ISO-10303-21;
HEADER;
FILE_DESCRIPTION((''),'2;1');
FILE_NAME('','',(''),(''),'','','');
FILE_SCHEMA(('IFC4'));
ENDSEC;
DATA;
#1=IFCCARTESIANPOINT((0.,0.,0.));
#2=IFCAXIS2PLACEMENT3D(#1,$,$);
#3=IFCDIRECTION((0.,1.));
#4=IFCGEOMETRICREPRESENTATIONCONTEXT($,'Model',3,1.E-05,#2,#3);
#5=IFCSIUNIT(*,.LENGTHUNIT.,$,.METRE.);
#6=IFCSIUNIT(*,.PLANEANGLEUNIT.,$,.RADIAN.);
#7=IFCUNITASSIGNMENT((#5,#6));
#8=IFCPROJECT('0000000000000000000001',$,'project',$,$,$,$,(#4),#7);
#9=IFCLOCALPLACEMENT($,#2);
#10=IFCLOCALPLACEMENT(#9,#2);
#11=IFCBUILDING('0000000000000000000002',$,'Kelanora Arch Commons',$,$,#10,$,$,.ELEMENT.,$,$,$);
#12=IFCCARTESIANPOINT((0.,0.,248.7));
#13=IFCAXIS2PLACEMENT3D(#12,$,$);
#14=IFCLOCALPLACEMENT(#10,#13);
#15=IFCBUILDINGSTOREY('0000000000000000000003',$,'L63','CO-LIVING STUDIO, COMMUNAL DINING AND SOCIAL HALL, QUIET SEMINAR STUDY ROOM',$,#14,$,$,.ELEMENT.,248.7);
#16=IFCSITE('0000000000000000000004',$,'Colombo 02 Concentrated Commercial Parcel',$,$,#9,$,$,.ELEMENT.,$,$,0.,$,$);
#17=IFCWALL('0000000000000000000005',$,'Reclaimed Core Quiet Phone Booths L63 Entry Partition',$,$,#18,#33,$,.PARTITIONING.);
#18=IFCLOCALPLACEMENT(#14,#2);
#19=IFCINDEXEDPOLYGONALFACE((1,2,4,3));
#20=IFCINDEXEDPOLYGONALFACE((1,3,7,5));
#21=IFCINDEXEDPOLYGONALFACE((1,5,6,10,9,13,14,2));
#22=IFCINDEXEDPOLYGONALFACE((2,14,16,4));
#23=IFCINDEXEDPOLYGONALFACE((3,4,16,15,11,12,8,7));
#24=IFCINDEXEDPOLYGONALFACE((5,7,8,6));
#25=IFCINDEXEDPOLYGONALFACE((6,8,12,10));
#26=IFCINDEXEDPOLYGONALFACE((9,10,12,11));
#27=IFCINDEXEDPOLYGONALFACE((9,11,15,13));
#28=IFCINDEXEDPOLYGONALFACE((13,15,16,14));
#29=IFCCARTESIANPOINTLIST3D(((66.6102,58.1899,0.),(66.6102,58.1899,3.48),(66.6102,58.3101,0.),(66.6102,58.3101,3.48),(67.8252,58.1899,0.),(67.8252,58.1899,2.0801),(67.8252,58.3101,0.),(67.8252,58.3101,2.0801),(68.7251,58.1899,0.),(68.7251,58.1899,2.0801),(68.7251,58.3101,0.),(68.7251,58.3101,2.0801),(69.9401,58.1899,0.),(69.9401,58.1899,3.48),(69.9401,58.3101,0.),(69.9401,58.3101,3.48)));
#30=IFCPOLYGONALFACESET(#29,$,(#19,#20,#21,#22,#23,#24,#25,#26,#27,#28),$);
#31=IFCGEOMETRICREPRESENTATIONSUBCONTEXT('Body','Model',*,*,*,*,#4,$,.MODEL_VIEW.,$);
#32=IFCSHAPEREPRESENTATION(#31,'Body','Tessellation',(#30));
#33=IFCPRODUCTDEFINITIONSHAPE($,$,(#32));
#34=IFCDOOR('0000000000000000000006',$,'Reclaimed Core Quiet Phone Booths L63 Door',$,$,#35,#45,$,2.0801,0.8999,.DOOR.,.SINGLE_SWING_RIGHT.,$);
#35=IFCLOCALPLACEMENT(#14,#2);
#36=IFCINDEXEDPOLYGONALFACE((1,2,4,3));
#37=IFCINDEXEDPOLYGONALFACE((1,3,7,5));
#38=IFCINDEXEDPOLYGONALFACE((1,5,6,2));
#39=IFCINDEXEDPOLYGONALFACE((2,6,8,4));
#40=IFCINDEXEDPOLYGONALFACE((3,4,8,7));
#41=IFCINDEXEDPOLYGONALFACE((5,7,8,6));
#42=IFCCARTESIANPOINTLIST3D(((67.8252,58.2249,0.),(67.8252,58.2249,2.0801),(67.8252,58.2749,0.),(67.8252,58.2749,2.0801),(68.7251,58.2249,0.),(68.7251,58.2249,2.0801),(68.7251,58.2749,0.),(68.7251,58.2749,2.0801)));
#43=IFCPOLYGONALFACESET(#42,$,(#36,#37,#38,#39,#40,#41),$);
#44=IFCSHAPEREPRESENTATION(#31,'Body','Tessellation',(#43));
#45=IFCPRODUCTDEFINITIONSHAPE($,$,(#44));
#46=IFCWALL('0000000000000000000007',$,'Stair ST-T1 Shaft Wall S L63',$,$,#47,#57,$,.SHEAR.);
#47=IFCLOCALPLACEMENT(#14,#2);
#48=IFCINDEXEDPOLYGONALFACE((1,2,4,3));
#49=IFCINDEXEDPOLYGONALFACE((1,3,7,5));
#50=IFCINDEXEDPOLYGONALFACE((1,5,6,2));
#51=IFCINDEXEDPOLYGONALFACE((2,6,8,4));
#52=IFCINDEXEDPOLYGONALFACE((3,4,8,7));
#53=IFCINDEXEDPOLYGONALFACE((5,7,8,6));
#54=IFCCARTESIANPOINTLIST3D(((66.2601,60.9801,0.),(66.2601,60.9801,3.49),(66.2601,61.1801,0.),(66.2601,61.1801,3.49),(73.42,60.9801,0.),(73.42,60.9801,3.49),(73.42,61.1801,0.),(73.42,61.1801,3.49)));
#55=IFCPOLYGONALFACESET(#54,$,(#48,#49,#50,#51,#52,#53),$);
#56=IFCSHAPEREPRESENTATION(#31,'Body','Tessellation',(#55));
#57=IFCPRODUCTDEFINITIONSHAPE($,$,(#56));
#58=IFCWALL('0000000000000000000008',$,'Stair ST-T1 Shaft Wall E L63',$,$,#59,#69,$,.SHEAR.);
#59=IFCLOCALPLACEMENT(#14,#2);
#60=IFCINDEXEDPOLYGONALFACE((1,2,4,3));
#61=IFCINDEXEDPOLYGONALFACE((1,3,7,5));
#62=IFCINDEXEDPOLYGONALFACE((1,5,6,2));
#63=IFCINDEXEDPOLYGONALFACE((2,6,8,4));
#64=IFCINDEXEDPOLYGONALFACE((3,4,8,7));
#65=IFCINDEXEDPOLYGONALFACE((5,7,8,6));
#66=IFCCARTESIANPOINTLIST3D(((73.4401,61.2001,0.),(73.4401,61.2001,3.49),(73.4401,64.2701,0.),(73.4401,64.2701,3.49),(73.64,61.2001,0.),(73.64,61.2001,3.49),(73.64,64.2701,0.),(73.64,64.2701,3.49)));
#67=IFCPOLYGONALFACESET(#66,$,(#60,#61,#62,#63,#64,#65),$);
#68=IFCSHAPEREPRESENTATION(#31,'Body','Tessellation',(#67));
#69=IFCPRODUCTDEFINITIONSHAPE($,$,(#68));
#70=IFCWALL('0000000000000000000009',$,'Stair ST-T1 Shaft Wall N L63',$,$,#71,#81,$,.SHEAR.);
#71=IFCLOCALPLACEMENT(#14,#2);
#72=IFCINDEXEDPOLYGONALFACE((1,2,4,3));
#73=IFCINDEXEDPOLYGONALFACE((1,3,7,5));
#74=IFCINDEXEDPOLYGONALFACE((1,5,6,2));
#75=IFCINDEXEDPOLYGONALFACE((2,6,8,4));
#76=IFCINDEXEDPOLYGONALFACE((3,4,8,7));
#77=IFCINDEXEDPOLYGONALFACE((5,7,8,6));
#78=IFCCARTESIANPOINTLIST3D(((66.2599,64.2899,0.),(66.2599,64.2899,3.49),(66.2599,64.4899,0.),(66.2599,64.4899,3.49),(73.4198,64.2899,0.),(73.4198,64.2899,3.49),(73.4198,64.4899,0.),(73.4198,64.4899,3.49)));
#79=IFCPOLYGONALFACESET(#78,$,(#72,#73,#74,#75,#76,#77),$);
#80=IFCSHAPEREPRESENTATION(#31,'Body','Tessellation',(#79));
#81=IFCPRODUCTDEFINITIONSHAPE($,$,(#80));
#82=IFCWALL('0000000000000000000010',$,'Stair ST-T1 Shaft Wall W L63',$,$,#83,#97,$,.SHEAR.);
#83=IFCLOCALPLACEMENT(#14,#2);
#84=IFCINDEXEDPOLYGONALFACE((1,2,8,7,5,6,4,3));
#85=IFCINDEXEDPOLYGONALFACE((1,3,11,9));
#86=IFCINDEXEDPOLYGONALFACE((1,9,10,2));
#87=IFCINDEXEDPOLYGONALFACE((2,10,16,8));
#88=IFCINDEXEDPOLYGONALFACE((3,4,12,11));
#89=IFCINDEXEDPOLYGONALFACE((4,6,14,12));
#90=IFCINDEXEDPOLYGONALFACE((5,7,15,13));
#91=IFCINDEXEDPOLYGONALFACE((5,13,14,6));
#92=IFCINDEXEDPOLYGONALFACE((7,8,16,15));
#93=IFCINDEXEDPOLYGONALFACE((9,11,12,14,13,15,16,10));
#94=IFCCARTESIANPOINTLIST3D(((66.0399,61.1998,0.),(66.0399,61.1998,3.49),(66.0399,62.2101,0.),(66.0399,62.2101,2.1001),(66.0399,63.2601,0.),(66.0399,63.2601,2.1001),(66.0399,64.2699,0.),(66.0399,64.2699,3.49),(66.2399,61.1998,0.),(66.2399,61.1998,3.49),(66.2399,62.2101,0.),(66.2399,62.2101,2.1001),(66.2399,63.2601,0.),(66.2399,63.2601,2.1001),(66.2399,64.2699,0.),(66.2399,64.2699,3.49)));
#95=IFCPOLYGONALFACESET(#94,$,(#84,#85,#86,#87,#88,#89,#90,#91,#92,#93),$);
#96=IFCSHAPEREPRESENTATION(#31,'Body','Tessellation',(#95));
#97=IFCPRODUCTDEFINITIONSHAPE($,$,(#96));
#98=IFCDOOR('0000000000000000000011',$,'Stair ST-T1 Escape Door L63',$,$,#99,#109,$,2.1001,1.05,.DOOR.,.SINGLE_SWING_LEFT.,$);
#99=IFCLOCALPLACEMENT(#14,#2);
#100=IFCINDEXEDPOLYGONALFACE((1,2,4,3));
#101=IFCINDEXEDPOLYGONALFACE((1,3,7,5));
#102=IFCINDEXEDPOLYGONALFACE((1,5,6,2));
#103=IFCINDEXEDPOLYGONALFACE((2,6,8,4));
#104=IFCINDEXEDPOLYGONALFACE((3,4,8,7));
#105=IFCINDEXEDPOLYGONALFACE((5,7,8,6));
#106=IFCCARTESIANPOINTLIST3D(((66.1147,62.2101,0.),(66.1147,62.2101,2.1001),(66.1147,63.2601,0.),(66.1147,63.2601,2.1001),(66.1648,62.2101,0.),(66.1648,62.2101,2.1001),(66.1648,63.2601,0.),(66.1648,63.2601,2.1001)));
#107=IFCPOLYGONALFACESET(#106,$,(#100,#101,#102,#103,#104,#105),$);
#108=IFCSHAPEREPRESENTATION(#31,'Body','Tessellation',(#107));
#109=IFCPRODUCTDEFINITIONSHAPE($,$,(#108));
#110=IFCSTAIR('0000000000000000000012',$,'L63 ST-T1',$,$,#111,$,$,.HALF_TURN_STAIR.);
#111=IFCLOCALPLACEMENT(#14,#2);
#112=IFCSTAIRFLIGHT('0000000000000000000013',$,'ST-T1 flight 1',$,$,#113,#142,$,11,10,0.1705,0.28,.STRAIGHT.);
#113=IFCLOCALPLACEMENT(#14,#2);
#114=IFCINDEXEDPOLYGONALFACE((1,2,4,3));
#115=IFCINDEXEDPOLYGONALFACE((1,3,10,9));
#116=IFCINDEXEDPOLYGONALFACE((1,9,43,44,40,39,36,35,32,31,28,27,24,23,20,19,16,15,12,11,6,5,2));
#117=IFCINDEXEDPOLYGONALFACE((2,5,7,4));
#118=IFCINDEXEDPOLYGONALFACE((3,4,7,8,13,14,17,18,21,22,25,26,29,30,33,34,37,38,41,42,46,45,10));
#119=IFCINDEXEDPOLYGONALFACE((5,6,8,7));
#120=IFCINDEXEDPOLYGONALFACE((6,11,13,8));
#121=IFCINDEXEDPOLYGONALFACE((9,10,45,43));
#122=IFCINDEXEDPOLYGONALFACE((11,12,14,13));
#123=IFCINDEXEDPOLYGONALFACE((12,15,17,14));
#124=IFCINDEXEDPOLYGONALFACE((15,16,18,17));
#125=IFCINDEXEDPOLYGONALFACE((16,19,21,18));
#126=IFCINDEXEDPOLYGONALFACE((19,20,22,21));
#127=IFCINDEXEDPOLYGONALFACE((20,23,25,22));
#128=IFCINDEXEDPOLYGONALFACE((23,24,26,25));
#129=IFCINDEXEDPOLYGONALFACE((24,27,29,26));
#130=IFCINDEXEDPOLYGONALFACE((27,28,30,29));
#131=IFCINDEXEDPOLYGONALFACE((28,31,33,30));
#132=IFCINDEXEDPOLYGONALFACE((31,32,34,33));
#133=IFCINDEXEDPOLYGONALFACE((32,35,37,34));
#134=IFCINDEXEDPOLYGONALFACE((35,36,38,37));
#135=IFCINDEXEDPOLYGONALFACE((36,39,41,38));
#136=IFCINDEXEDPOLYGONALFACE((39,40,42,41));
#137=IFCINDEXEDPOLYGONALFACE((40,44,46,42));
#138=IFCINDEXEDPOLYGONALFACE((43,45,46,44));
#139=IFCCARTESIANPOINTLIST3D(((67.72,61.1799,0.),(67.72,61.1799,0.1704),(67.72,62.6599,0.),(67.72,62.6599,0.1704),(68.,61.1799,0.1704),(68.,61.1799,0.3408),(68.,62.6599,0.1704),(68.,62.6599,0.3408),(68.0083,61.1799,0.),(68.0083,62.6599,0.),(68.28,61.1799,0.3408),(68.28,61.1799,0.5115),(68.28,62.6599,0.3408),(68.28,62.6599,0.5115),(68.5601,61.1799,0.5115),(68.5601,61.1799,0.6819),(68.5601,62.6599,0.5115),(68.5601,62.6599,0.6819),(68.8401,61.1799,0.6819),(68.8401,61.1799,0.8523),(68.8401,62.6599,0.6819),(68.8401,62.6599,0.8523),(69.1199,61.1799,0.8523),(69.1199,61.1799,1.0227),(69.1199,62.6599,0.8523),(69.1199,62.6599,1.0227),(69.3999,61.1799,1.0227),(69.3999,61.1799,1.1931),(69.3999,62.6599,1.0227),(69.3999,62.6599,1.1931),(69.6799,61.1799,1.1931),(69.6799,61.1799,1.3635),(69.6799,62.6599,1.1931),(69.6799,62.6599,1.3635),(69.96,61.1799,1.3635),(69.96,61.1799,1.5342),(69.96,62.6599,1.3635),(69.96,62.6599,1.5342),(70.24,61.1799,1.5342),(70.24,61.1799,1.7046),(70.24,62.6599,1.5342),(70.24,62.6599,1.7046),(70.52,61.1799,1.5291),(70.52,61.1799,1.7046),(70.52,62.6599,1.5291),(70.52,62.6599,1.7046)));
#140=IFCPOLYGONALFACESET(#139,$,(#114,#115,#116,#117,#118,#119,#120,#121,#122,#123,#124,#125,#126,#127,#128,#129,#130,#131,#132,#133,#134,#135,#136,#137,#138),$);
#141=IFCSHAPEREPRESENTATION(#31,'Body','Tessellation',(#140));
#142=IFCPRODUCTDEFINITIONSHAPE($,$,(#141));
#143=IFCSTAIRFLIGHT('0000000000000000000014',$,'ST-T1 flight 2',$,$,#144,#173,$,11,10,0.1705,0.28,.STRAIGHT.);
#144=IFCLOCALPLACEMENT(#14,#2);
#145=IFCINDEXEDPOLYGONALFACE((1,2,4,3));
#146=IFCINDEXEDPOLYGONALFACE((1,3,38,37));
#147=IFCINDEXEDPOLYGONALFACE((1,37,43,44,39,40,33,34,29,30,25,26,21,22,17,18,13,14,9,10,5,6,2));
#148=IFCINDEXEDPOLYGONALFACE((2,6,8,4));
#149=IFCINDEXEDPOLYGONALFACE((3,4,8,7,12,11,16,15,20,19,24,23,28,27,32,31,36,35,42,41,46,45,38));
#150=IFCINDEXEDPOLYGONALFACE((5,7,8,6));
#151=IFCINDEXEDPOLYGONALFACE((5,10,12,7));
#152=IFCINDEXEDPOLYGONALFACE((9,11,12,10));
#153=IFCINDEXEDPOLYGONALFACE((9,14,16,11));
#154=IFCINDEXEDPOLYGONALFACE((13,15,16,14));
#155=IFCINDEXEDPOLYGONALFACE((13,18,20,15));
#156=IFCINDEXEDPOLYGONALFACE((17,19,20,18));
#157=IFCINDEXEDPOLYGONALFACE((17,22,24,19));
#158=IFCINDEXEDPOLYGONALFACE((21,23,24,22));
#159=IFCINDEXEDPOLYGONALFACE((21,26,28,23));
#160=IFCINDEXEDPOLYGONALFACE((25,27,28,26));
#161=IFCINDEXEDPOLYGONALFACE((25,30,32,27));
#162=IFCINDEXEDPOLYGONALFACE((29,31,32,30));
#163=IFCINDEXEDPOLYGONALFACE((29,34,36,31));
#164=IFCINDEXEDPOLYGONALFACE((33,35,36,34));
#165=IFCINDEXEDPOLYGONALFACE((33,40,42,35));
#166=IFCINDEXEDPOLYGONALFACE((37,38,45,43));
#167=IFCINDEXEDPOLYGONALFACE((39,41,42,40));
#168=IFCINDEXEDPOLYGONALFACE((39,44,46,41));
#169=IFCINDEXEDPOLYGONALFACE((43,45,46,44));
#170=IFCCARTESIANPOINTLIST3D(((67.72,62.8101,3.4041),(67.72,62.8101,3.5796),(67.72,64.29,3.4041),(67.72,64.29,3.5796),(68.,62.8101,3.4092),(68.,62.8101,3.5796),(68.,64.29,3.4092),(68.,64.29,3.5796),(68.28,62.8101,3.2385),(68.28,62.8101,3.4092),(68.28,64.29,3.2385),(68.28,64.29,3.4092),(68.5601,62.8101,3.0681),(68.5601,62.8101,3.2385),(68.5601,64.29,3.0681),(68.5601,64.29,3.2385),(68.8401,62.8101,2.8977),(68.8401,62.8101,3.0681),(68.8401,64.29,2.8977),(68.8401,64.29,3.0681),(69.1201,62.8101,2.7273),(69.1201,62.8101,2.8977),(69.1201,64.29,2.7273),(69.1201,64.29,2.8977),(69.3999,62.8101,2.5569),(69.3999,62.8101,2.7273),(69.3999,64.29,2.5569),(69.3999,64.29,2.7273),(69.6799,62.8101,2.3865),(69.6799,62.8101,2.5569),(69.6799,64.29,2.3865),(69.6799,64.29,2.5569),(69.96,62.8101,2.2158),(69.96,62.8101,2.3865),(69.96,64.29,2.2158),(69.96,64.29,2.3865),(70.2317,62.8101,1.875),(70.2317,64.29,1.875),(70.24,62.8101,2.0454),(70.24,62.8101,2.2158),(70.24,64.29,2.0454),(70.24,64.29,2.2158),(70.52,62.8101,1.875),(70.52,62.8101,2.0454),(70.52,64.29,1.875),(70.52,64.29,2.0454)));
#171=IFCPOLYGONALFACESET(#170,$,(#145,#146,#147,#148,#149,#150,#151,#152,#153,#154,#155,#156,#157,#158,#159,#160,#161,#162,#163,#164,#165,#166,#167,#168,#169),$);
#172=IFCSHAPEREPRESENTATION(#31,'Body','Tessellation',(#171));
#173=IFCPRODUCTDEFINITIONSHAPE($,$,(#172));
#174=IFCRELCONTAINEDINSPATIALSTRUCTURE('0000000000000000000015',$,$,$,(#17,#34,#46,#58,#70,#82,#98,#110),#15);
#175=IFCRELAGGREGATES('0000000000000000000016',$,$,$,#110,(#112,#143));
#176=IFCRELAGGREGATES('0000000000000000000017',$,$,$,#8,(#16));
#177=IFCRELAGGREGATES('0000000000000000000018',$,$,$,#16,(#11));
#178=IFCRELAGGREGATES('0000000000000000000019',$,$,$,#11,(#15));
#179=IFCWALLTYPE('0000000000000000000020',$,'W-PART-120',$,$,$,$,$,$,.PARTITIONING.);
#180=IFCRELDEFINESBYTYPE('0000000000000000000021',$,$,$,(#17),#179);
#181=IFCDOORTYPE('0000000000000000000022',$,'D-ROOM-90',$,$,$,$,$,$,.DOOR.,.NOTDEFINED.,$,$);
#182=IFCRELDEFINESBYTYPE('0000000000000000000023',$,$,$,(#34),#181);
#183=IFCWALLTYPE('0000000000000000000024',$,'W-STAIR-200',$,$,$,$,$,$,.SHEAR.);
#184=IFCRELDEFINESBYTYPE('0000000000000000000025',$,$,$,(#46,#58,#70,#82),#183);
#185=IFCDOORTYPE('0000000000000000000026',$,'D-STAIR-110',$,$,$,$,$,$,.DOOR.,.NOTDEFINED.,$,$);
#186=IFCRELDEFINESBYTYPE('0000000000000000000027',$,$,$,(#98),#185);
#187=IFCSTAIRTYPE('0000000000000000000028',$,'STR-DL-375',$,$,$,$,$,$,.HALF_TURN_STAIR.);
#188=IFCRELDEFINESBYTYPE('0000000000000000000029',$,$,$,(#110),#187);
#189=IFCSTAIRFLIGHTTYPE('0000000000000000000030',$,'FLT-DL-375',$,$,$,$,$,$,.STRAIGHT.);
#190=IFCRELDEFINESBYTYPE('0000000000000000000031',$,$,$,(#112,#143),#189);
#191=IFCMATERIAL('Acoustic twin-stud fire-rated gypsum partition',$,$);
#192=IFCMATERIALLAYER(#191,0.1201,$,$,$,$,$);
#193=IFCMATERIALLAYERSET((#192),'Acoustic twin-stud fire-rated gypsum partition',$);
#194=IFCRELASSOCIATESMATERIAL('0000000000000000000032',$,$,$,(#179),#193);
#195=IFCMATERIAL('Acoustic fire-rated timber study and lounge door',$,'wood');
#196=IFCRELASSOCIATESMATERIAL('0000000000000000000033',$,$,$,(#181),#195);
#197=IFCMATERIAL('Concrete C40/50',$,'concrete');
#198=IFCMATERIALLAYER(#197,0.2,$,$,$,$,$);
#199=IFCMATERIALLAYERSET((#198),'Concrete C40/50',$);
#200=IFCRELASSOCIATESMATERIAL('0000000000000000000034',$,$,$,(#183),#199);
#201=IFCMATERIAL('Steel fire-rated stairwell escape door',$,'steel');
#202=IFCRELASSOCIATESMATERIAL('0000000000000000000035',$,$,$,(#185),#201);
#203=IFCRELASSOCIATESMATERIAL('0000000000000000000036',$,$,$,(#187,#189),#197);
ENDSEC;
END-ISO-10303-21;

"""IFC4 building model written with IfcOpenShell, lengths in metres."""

from ifc_helpers import new_model, si_unit, direction, frame, frame_2d, origin, place, context, subcontext, project, spatial, polyline, rectangle, outline, extrude, material, layer, layer_set, type_object, element, fill, aggregate, save


model = new_model("IFC4")

# Units and contexts
model_context = context("Model", 3, precision=1e-05, world=origin(), true_north=direction((0.0, 1.0)))
body_context = subcontext(model_context, "Body", "Model", "MODEL_VIEW")
ifc_project = project(units=[si_unit("LENGTHUNIT", "METRE"), si_unit("PLANEANGLEUNIT", "RADIAN")], contexts=[model_context])

# Site, building, storey
site_placement = place(None, origin())
site = spatial("IfcSite", under=ifc_project, at=site_placement, Name="Colombo 02 Concentrated Commercial Parcel", CompositionType="ELEMENT", RefElevation=0.0)
building_placement = place(site_placement, origin())
building = spatial("IfcBuilding", under=site, at=building_placement, Name="Kelanora Arch Commons", CompositionType="ELEMENT")
storey_placement = place(building_placement, frame((0.0, 0.0, 248.7)))
storey = spatial("IfcBuildingStorey", under=building, at=storey_placement, Name="L63", Description="CO-LIVING STUDIO, COMMUNAL DINING AND SOCIAL HALL, QUIET SEMINAR STUDY ROOM", CompositionType="ELEMENT", Elevation=248.7)

# Wall, opening, door
ifc_material_1 = material(Name="Acoustic twin-stud fire-rated gypsum partition")
ifc_layer_1 = layer(ifc_material_1, 0.1201)
ifc_layer_set_1 = layer_set([ifc_layer_1], Name="Acoustic twin-stud fire-rated gypsum partition")
wall_type_1 = type_object("IfcWallType", Name="W-PART-120", PredefinedType="PARTITIONING", material=ifc_layer_set_1)
wall_1_placement = place(storey_placement, frame((66.6101, 58.25, 0.0), z_axis=(0.0, 0.0, 1.0), x_axis=(1.0, 0.0, 0.0)))
wall_1 = element("IfcWall", 1, at=wall_1_placement, inside=storey, type_object=wall_type_1, Name="Reclaimed Core Quiet Phone Booths L63 Entry Partition", PredefinedType="PARTITIONING", context=body_context, shape_type="SweptSolid", body=[
    extrude(rectangle(XDim=3.3298, YDim=0.1201, at=frame_2d((1.665, 0.0))), origin(), (0.0, 0.0, 1.0), 3.48),
])
opening_1_placement = place(wall_1_placement, frame((1.2151, 0.0, 0.0)))
opening_1 = element("IfcOpeningElement", 2, at=opening_1_placement, cuts=wall_1, PredefinedType="OPENING", context=body_context, shape_type="SweptSolid", body=[
    extrude(rectangle(XDim=0.8999, YDim=2.0801, at=frame_2d((0.45, 1.04))), frame((0.0, 0.0701, 0.0), z_axis=(0.0, -1.0, 0.0), x_axis=(1.0, 0.0, 0.0)), (0.0, 0.0, 1.0), 0.1401),
])
ifc_material_2 = material(Name="Acoustic fire-rated timber study and lounge door", Category="wood")
door_type_1 = type_object("IfcDoorType", Name="D-ROOM-90", OperationType="NOTDEFINED", PredefinedType="DOOR", material=ifc_material_2)
door_1_placement = place(opening_1_placement, origin())
door_1 = element("IfcDoor", 3, at=door_1_placement, inside=storey, type_object=door_type_1, Name="Reclaimed Core Quiet Phone Booths L63 Door", OperationType="SINGLE_SWING_RIGHT", OverallHeight=2.0801, OverallWidth=0.8999, PredefinedType="DOOR", context=body_context, shape_type="SweptSolid", body=[
    extrude(rectangle(XDim=0.8999, YDim=2.0801, at=frame_2d((0.45, 1.04))), frame((0.0, 0.0249, 0.0), z_axis=(0.0, -1.0, 0.0), x_axis=(1.0, 0.0, 0.0)), (0.0, 0.0, 1.0), 0.05),
])
fill(opening_1, door_1)

# Walls
ifc_material_3 = material(Name="Concrete C40/50", Category="concrete")
ifc_layer_2 = layer(ifc_material_3, 0.2)
ifc_layer_set_2 = layer_set([ifc_layer_2], Name="Concrete C40/50")
wall_type_2 = type_object("IfcWallType", Name="W-STAIR-200", PredefinedType="SHEAR", material=ifc_layer_set_2)
wall_2_placement = place(storey_placement, frame((66.26, 61.0801, 0.0), z_axis=(0.0, 0.0, 1.0), x_axis=(1.0, 0.0, 0.0)))
element("IfcWall", 4, at=wall_2_placement, inside=storey, type_object=wall_type_2, Name="Stair ST-T1 Shaft Wall S L63", PredefinedType="SHEAR", context=body_context, shape_type="SweptSolid", body=[
    extrude(rectangle(XDim=7.1599, YDim=0.2, at=frame_2d((3.5801, 0.0))), origin(), (0.0, 0.0, 1.0), 3.49),
])
wall_3_placement = place(storey_placement, frame((73.54, 61.2, 0.0), z_axis=(0.0, 0.0, 1.0), x_axis=(0.0, 1.0, 0.0)))
element("IfcWall", 5, at=wall_3_placement, inside=storey, type_object=wall_type_2, Name="Stair ST-T1 Shaft Wall E L63", PredefinedType="SHEAR", context=body_context, shape_type="SweptSolid", body=[
    extrude(rectangle(XDim=3.0701, YDim=0.2, at=frame_2d((1.5352, 0.0))), origin(), (0.0, 0.0, 1.0), 3.49),
])
wall_4_placement = place(storey_placement, frame((73.4199, 64.3899, 0.0), z_axis=(0.0, 0.0, 1.0), x_axis=(-1.0, 0.0, 0.0)))
element("IfcWall", 6, at=wall_4_placement, inside=storey, type_object=wall_type_2, Name="Stair ST-T1 Shaft Wall N L63", PredefinedType="SHEAR", context=body_context, shape_type="SweptSolid", body=[
    extrude(rectangle(XDim=7.1599, YDim=0.2, at=frame_2d((3.5801, 0.0))), origin(), (0.0, 0.0, 1.0), 3.49),
])

# Wall, opening, door
wall_5_placement = place(storey_placement, frame((66.1399, 64.27, 0.0), z_axis=(0.0, 0.0, 1.0), x_axis=(0.0, -1.0, 0.0)))
wall_5 = element("IfcWall", 7, at=wall_5_placement, inside=storey, type_object=wall_type_2, Name="Stair ST-T1 Shaft Wall W L63", PredefinedType="SHEAR", context=body_context, shape_type="SweptSolid", body=[
    extrude(rectangle(XDim=3.0701, YDim=0.2, at=frame_2d((1.5352, 0.0))), origin(), (0.0, 0.0, 1.0), 3.49),
])
opening_2_placement = place(wall_5_placement, frame((1.01, 0.0, 0.0)))
opening_2 = element("IfcOpeningElement", 8, at=opening_2_placement, cuts=wall_5, PredefinedType="OPENING", context=body_context, shape_type="SweptSolid", body=[
    extrude(rectangle(XDim=1.05, YDim=2.1001, at=frame_2d((0.5249, 1.05))), frame((0.0, 0.1099, 0.0), z_axis=(0.0, -1.0, 0.0), x_axis=(1.0, 0.0, 0.0)), (0.0, 0.0, 1.0), 0.22),
])
ifc_material_4 = material(Name="Steel fire-rated stairwell escape door", Category="steel")
door_type_2 = type_object("IfcDoorType", Name="D-STAIR-110", OperationType="NOTDEFINED", PredefinedType="DOOR", material=ifc_material_4)
door_2_placement = place(opening_2_placement, origin())
door_2 = element("IfcDoor", 9, at=door_2_placement, inside=storey, type_object=door_type_2, Name="Stair ST-T1 Escape Door L63", OperationType="SINGLE_SWING_LEFT", OverallHeight=2.1001, OverallWidth=1.05, PredefinedType="DOOR", context=body_context, shape_type="SweptSolid", body=[
    extrude(rectangle(XDim=1.05, YDim=2.1001, at=frame_2d((0.5249, 1.05))), frame((0.0, 0.0249, 0.0), z_axis=(0.0, -1.0, 0.0), x_axis=(1.0, 0.0, 0.0)), (0.0, 0.0, 1.0), 0.05),
])
fill(opening_2, door_2)

# Stair, stair flights
stair_type = type_object("IfcStairType", Name="STR-DL-375", PredefinedType="HALF_TURN_STAIR", material=ifc_material_3)
stair_placement = place(storey_placement, origin())
stair = element("IfcStair", 10, at=stair_placement, inside=storey, type_object=stair_type, Name="L63 ST-T1", PredefinedType="HALF_TURN_STAIR")
stair_flight_type = type_object("IfcStairFlightType", Name="FLT-DL-375", PredefinedType="STRAIGHT", material=ifc_material_3)
stair_flight_1_placement = place(storey_placement, frame((67.72, 61.9199, 0.0), z_axis=(0.0, 0.0, 1.0), x_axis=(1.0, 0.0, 0.0)))
stair_flight_1 = element("IfcStairFlight", 11, at=stair_flight_1_placement, type_object=stair_flight_type, Name="ST-T1 flight 1", NumberOfRisers=11, NumberOfTreads=10, PredefinedType="STRAIGHT", RiserHeight=0.1705, TreadLength=0.28, context=body_context, shape_type="SweptSolid", body=[
    extrude(outline(polyline([(0.0, 0.0), (0.0, 0.1704), (0.28, 0.1704), (0.28, 0.3408), (0.5601, 0.3408), (0.5601, 0.5115), (0.8401, 0.5115), (0.8401, 0.6819), (1.1201, 0.6819), (1.1201, 0.8523), (1.3999, 0.8523), (1.3999, 1.0227), (1.6799, 1.0227), (1.6799, 1.1931), (1.96, 1.1931), (1.96, 1.3635), (2.24, 1.3635), (2.24, 1.5342), (2.52, 1.5342), (2.52, 1.7046), (2.8, 1.7046), (2.8, 1.875), (2.8, 1.5291), (0.2883, 0.0), (0.0, 0.0)])), frame((0.0, 0.74, 0.0), z_axis=(0.0, -1.0, 0.0), x_axis=(1.0, 0.0, 0.0)), (0.0, 0.0, 1.0), 1.48),
])
stair_flight_2_placement = place(storey_placement, frame((70.52, 63.55, 1.875), z_axis=(0.0, 0.0, 1.0), x_axis=(-1.0, 0.0, 0.0)))
stair_flight_2 = element("IfcStairFlight", 12, at=stair_flight_2_placement, type_object=stair_flight_type, Name="ST-T1 flight 2", NumberOfRisers=11, NumberOfTreads=10, PredefinedType="STRAIGHT", RiserHeight=0.1705, TreadLength=0.28, context=body_context, shape_type="SweptSolid", body=[
    extrude(outline(polyline([(0.0, 0.0), (0.0, 0.1704), (0.28, 0.1704), (0.28, 0.3408), (0.5601, 0.3408), (0.5601, 0.5115), (0.8401, 0.5115), (0.8401, 0.6819), (1.1201, 0.6819), (1.1201, 0.8523), (1.3999, 0.8523), (1.3999, 1.0227), (1.6799, 1.0227), (1.6799, 1.1931), (1.96, 1.1931), (1.96, 1.3635), (2.24, 1.3635), (2.24, 1.5342), (2.52, 1.5342), (2.52, 1.7046), (2.8, 1.7046), (2.8, 1.875), (2.8, 1.5291), (0.2883, 0.0), (0.0, 0.0)])), frame((0.0, 0.74, 0.0), z_axis=(0.0, -1.0, 0.0), x_axis=(1.0, 0.0, 0.0)), (0.0, 0.0, 1.0), 1.48),
])
aggregate(stair, [stair_flight_1, stair_flight_2])

save(model, "model.ifc")
